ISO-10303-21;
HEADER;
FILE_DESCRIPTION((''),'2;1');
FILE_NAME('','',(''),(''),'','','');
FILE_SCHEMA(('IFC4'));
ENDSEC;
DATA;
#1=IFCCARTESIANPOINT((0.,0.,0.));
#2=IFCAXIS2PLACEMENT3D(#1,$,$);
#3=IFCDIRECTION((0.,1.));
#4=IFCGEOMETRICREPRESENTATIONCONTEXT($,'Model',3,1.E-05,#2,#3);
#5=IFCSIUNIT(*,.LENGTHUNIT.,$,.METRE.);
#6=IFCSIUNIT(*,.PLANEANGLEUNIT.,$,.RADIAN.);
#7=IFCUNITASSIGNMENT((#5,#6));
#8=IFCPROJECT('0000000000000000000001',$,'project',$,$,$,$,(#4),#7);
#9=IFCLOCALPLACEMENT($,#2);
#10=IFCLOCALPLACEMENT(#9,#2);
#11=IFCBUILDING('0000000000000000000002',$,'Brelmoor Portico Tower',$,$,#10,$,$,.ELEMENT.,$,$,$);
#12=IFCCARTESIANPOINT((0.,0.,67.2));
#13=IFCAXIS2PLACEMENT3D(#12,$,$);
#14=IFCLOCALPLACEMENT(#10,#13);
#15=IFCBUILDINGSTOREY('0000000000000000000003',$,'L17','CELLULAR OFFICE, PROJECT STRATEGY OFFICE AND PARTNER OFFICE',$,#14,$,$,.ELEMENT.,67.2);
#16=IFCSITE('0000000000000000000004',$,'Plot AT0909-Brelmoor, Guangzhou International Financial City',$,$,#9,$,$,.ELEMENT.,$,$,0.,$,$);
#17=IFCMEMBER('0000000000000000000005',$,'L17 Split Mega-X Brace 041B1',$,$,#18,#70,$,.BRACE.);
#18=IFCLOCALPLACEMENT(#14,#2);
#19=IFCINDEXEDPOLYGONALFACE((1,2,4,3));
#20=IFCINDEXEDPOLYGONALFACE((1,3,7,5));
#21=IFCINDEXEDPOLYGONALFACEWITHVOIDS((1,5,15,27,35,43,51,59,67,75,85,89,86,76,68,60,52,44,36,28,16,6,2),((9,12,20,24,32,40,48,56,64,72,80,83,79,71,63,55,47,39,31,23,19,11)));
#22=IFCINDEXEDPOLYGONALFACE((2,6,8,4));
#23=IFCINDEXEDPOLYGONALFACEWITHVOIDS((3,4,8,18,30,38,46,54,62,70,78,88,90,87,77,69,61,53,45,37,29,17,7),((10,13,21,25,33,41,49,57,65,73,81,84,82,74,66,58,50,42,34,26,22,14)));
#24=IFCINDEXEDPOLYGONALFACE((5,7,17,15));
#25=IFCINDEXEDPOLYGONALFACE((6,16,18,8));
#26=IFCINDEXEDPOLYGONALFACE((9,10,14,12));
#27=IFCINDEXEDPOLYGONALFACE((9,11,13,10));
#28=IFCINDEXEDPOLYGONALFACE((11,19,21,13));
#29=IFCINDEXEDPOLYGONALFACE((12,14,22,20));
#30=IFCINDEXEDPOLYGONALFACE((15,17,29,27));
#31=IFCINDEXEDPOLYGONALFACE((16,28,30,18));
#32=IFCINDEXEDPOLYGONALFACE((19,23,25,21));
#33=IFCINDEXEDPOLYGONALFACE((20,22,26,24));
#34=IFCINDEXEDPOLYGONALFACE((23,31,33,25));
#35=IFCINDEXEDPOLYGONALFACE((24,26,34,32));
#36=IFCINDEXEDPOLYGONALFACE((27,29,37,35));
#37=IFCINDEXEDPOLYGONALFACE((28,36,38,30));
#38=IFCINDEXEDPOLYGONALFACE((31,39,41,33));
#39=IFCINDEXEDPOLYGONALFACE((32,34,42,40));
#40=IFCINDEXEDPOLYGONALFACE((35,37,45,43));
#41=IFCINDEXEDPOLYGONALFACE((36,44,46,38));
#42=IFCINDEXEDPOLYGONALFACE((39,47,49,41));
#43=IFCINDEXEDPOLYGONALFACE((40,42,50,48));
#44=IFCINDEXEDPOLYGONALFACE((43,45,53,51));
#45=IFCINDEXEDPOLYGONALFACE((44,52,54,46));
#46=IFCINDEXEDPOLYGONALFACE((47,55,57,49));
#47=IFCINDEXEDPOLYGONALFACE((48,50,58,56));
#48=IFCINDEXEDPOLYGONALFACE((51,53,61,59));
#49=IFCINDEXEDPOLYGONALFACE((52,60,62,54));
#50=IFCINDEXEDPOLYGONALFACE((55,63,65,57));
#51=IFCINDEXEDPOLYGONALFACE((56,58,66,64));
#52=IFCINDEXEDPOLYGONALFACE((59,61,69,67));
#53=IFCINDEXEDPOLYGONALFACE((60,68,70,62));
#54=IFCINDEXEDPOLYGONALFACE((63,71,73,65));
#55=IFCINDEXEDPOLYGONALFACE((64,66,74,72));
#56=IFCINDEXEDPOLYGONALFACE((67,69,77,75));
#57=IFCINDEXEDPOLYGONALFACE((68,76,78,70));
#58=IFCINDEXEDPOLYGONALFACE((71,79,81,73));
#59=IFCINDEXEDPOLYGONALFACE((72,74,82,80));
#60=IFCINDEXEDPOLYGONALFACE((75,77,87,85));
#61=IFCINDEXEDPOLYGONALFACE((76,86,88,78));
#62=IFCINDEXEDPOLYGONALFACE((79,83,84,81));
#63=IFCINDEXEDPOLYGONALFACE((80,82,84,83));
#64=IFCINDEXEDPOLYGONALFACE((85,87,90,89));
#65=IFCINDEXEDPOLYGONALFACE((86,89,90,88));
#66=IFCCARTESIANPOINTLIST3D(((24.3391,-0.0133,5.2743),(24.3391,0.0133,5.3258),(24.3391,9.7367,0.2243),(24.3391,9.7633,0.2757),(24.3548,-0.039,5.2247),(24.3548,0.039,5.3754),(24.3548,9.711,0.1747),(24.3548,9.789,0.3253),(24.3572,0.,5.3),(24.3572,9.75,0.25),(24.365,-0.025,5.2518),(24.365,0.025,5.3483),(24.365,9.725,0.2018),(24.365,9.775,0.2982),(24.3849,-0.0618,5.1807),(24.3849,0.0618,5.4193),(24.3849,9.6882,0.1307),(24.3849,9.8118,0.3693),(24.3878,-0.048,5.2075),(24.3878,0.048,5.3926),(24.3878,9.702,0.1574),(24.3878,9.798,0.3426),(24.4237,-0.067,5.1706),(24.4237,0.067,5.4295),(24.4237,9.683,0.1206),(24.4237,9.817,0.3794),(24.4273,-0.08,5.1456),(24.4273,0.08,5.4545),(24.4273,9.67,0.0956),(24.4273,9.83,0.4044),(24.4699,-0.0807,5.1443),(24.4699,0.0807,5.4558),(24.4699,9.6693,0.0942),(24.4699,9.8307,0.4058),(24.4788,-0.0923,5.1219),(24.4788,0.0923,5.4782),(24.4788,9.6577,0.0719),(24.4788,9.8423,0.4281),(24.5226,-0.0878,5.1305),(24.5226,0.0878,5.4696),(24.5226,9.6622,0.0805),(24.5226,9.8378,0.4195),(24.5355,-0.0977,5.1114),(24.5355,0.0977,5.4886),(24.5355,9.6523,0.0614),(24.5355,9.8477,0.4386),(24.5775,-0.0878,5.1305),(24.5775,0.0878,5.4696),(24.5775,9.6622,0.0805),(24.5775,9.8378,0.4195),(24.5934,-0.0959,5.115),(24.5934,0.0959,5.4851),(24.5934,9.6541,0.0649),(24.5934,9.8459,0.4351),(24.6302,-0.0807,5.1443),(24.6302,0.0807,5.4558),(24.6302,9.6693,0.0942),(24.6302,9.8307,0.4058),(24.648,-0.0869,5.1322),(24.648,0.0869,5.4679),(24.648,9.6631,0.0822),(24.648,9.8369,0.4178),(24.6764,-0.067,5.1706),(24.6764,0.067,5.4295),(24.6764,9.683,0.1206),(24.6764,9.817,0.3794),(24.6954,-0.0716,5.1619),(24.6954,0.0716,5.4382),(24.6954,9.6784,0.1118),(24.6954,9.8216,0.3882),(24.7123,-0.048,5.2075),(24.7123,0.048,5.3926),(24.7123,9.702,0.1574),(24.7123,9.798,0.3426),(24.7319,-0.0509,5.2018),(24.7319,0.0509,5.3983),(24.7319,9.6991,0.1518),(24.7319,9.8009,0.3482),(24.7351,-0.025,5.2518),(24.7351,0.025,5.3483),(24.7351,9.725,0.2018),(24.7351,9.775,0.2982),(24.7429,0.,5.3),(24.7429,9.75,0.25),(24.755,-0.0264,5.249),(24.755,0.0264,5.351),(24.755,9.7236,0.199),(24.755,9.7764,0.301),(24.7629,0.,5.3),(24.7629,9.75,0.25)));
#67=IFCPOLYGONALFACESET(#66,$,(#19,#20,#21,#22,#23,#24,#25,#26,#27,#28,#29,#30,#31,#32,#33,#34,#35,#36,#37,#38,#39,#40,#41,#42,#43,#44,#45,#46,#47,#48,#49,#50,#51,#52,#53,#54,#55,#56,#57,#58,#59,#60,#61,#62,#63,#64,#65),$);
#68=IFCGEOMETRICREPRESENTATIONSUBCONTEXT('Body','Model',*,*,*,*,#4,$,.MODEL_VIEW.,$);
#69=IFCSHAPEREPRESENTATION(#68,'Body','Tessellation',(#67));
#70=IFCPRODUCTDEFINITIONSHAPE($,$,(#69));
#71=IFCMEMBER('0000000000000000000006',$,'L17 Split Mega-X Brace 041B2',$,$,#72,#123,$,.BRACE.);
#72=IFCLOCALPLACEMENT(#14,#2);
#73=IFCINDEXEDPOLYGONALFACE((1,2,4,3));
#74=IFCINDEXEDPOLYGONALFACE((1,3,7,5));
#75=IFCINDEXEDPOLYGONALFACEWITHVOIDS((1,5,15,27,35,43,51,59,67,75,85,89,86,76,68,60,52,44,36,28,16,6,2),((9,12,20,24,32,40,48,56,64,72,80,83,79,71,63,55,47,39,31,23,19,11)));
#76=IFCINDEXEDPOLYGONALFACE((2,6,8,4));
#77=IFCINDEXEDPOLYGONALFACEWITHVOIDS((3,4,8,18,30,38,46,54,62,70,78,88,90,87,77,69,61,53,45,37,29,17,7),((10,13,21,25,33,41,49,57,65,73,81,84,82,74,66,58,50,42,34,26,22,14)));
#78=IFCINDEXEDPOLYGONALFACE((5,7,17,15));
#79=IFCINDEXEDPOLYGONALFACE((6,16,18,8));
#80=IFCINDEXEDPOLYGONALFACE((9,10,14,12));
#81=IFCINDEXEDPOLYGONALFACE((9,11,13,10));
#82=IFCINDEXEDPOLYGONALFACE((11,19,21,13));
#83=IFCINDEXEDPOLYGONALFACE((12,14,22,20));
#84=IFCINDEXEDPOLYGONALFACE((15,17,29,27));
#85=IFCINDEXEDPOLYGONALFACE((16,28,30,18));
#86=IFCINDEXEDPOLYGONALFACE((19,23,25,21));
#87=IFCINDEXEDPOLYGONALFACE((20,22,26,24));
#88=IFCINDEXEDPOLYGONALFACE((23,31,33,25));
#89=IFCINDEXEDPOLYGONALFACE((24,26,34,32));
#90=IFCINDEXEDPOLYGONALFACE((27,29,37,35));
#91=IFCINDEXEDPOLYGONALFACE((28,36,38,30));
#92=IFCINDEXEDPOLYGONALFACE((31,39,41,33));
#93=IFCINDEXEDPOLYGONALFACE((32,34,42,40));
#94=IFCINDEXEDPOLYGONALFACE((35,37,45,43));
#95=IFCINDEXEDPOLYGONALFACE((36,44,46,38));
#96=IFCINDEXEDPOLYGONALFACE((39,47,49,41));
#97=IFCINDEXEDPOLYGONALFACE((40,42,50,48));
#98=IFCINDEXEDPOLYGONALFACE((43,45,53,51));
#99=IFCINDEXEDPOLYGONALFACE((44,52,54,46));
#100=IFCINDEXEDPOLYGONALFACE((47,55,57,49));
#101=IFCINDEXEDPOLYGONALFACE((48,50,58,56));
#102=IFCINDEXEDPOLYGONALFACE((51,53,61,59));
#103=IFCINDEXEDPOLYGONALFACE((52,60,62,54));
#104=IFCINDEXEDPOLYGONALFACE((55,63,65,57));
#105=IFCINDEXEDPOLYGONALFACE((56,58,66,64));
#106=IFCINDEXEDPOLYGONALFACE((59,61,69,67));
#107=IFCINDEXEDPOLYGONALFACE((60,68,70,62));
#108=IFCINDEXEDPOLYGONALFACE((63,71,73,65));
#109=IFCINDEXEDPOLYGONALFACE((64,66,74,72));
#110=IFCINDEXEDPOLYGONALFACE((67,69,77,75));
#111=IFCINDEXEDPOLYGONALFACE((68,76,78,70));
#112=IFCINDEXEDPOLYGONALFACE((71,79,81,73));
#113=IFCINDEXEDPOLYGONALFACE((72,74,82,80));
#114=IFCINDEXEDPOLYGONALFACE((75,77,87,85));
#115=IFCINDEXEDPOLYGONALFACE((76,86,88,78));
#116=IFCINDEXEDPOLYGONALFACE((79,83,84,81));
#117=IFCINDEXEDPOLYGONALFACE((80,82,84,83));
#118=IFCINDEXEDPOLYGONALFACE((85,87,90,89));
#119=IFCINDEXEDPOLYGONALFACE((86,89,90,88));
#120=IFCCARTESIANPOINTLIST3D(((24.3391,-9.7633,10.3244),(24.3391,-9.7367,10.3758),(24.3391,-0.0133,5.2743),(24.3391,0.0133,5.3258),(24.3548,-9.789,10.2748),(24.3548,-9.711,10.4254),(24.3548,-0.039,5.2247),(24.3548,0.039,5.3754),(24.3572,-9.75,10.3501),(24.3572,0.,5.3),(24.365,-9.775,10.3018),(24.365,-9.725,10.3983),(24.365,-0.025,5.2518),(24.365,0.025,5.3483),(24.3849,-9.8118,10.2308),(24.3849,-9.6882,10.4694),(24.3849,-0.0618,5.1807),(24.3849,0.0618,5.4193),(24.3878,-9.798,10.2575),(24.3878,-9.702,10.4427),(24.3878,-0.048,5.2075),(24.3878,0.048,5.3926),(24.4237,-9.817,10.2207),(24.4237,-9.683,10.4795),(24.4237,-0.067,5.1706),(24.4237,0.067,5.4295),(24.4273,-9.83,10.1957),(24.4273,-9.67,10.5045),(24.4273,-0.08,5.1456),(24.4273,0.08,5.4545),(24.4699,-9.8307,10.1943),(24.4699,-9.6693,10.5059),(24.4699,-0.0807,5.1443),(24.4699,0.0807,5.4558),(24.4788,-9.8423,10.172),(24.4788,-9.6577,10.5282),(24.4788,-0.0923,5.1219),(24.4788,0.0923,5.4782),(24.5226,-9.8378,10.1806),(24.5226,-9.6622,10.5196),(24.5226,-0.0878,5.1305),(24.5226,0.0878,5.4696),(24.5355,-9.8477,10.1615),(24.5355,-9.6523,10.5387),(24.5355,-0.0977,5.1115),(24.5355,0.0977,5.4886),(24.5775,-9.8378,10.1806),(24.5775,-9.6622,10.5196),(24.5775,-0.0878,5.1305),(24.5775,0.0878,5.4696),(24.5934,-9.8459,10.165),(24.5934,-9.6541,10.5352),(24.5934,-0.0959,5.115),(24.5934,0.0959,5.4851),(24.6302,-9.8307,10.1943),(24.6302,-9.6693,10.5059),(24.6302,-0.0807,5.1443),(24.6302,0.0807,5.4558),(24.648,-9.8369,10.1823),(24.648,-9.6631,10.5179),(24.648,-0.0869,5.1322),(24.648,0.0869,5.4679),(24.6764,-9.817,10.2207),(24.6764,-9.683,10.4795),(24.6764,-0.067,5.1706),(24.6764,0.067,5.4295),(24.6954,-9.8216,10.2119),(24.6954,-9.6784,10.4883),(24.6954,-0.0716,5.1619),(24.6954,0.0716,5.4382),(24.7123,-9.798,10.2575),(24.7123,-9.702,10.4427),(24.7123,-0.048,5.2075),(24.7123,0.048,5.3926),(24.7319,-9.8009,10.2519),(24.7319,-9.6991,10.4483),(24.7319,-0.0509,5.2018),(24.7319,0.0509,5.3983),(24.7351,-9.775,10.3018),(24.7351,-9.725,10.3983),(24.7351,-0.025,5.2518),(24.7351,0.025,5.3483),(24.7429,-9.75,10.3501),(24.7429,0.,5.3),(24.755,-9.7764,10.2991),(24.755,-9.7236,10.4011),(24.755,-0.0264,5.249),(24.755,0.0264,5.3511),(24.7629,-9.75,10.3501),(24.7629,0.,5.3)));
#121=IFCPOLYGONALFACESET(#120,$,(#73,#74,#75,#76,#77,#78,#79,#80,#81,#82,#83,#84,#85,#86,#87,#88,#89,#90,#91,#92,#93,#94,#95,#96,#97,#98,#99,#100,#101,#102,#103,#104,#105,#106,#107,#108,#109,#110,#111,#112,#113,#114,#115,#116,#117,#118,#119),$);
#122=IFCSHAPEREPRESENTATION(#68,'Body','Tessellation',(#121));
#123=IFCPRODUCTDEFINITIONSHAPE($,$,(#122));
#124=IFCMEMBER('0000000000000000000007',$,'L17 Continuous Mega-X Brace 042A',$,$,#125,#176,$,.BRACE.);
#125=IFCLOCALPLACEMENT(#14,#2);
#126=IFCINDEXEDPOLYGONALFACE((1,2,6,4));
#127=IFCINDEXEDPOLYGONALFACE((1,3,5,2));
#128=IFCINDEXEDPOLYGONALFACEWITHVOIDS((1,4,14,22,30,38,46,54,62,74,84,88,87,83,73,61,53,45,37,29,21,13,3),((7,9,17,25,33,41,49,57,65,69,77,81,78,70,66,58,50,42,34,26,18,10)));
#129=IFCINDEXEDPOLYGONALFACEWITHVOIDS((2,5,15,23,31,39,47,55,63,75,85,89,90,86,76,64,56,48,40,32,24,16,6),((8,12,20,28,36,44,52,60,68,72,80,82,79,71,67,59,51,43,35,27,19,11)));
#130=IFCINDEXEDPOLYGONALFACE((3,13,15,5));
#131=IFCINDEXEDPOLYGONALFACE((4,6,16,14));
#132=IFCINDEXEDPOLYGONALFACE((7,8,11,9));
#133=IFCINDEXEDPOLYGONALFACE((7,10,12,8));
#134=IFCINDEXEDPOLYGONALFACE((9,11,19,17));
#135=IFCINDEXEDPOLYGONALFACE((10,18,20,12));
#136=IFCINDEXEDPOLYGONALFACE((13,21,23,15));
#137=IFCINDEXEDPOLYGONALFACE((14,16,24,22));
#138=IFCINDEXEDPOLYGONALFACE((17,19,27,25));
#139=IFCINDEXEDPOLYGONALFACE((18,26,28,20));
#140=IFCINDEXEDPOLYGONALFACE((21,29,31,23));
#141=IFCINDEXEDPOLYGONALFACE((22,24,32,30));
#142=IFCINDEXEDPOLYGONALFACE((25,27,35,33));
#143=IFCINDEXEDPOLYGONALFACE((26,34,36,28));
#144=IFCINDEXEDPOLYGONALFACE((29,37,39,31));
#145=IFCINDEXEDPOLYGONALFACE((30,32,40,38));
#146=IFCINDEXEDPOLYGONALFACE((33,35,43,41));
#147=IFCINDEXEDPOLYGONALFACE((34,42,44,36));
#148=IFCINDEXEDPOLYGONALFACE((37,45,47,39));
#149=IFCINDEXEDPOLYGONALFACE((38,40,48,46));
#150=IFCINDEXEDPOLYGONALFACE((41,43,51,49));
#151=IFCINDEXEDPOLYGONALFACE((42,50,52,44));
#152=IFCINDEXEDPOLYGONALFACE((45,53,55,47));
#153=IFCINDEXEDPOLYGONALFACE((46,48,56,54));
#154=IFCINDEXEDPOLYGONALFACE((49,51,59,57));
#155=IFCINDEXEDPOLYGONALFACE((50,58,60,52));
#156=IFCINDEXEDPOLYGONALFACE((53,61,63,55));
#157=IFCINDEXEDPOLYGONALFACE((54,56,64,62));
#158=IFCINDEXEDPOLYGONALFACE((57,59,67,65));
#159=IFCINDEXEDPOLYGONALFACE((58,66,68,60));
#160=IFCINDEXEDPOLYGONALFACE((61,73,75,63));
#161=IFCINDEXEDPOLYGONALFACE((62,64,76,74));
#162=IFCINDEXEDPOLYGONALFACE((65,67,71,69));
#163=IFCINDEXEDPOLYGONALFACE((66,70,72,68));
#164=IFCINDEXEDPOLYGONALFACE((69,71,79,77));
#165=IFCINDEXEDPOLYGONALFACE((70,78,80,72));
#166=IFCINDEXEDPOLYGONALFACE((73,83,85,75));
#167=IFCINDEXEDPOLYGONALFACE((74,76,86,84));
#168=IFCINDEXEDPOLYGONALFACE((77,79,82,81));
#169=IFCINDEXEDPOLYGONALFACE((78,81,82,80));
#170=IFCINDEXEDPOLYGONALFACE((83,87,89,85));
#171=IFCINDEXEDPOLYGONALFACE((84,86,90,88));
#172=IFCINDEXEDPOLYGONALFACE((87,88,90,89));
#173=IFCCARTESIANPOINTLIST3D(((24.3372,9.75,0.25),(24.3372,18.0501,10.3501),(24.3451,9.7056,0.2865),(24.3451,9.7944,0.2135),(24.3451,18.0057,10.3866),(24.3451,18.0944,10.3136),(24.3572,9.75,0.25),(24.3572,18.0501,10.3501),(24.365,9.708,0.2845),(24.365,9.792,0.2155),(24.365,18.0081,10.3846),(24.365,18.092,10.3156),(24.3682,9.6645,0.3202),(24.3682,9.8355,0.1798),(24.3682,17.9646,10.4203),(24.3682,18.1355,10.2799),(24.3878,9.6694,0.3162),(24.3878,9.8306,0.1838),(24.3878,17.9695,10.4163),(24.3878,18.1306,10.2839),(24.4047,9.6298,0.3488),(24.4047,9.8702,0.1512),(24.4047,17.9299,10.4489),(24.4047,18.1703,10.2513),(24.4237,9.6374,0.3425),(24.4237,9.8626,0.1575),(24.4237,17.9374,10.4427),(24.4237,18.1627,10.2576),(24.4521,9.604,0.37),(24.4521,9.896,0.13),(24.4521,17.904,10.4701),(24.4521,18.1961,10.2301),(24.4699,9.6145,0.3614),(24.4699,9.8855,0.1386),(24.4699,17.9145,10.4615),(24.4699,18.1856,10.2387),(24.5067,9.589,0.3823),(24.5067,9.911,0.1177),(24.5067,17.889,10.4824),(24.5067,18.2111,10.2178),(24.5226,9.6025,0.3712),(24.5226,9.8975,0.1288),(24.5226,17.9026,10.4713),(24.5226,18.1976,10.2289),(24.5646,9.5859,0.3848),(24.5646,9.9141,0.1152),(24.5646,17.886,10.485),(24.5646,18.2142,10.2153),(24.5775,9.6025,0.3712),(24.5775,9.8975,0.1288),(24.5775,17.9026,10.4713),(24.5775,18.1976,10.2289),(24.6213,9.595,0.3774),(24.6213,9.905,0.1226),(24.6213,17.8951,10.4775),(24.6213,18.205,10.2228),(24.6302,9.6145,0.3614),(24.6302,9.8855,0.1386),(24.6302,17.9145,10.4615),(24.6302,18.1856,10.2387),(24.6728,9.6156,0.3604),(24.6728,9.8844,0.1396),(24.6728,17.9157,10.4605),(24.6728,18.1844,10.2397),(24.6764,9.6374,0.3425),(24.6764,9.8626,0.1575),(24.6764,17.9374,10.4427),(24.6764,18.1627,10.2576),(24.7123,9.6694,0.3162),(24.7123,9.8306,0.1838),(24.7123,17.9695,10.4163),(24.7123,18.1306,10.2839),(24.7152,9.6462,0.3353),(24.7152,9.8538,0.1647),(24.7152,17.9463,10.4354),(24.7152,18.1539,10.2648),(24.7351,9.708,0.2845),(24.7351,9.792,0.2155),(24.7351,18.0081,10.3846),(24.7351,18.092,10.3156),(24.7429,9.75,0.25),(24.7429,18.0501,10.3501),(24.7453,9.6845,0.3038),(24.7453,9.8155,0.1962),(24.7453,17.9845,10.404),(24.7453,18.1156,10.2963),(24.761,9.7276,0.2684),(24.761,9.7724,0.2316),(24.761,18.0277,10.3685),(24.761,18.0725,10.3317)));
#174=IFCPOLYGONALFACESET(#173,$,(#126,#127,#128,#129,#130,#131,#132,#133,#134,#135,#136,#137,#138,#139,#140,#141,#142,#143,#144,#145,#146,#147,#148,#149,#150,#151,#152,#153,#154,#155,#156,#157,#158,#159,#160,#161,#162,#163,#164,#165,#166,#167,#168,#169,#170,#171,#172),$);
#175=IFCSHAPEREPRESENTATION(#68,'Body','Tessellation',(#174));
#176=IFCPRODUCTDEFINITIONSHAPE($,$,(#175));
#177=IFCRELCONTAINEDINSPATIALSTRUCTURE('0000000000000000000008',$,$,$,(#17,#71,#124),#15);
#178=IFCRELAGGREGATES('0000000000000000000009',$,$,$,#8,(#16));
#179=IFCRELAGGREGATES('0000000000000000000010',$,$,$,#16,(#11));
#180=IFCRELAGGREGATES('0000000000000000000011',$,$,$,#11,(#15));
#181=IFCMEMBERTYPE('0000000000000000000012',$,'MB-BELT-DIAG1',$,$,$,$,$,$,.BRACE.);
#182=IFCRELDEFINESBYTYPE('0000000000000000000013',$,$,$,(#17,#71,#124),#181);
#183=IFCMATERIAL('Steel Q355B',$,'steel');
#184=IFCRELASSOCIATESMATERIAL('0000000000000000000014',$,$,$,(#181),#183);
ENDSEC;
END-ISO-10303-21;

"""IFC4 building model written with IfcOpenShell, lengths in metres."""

from ifc_helpers import new_model, si_unit, direction, frame, origin, origin_2d, place, context, subcontext, project, spatial, hollow_circle, extrude, material, material_profile, profile_set, type_object, element, save


model = new_model("IFC4")

# Units and contexts
model_context = context("Model", 3, precision=1e-05, world=origin(), true_north=direction((0.0, 1.0)))
body_context = subcontext(model_context, "Body", "Model", "MODEL_VIEW")
ifc_project = project(units=[si_unit("LENGTHUNIT", "METRE"), si_unit("PLANEANGLEUNIT", "RADIAN")], contexts=[model_context])

# Site, building, storey
site_placement = place(None, origin())
site = spatial("IfcSite", under=ifc_project, at=site_placement, Name="Plot AT0909-Brelmoor, Guangzhou International Financial City", CompositionType="ELEMENT", RefElevation=0.0)
building_placement = place(site_placement, origin())
building = spatial("IfcBuilding", under=site, at=building_placement, Name="Brelmoor Portico Tower", CompositionType="ELEMENT")
storey_placement = place(building_placement, frame((0.0, 0.0, 67.2)))
storey = spatial("IfcBuildingStorey", under=building, at=storey_placement, Name="L17", Description="CELLULAR OFFICE, PROJECT STRATEGY OFFICE AND PARTNER OFFICE", CompositionType="ELEMENT", Elevation=67.2)

# Shared definitions
ifc_material_1 = material(Name="Steel Q355B", Category="steel")

# Members
ifc_material_profile_1 = material_profile(ifc_material_1, hollow_circle(Radius=0.2129, WallThickness=0.02, at=origin_2d()), Name="CHS 426x20")
ifc_profile_set_1 = profile_set([ifc_material_profile_1], Name="Steel Q355B")
member_type_1 = type_object("IfcMemberType", Name="MB-BELT-DIAG1", PredefinedType="BRACE", material=ifc_profile_set_1)
for number, where, z_axis, x_axis, name in (
    (1, (24.55, 9.75, 0.25), (0.0, -0.887959, 0.459922), (1.0, 0.0, 0.0), "L17 Split Mega-X Brace 041B1"),
    (2, (24.55, 0.0, 5.3), (0.0, -0.887959, 0.459922), (1.0, 0.0, 0.0), "L17 Split Mega-X Brace 041B2"),
):
    element("IfcMember", number, at=place(storey_placement, frame(where, z_axis=z_axis, x_axis=x_axis)), inside=storey, type_object=member_type_1, Name=name, PredefinedType="BRACE", context=body_context, shape_type="SweptSolid", body=[
        extrude(hollow_circle(Radius=0.2129, WallThickness=0.02, at=origin_2d()), origin(), (0.0, 0.0, 1.0), 10.9802),
    ])
member_1_placement = place(storey_placement, frame((24.55, 9.75, 0.25), z_axis=(0.0, 0.634901, 0.772593), x_axis=(-1.0, 0.0, 0.0)))
element("IfcMember", 3, at=member_1_placement, inside=storey, type_object=member_type_1, Name="L17 Continuous Mega-X Brace 042A", PredefinedType="BRACE", context=body_context, shape_type="SweptSolid", body=[
    extrude(hollow_circle(Radius=0.2129, WallThickness=0.02, at=origin_2d()), origin(), (0.0, 0.0, 1.0), 13.073),
])

save(model, "model.ifc")
